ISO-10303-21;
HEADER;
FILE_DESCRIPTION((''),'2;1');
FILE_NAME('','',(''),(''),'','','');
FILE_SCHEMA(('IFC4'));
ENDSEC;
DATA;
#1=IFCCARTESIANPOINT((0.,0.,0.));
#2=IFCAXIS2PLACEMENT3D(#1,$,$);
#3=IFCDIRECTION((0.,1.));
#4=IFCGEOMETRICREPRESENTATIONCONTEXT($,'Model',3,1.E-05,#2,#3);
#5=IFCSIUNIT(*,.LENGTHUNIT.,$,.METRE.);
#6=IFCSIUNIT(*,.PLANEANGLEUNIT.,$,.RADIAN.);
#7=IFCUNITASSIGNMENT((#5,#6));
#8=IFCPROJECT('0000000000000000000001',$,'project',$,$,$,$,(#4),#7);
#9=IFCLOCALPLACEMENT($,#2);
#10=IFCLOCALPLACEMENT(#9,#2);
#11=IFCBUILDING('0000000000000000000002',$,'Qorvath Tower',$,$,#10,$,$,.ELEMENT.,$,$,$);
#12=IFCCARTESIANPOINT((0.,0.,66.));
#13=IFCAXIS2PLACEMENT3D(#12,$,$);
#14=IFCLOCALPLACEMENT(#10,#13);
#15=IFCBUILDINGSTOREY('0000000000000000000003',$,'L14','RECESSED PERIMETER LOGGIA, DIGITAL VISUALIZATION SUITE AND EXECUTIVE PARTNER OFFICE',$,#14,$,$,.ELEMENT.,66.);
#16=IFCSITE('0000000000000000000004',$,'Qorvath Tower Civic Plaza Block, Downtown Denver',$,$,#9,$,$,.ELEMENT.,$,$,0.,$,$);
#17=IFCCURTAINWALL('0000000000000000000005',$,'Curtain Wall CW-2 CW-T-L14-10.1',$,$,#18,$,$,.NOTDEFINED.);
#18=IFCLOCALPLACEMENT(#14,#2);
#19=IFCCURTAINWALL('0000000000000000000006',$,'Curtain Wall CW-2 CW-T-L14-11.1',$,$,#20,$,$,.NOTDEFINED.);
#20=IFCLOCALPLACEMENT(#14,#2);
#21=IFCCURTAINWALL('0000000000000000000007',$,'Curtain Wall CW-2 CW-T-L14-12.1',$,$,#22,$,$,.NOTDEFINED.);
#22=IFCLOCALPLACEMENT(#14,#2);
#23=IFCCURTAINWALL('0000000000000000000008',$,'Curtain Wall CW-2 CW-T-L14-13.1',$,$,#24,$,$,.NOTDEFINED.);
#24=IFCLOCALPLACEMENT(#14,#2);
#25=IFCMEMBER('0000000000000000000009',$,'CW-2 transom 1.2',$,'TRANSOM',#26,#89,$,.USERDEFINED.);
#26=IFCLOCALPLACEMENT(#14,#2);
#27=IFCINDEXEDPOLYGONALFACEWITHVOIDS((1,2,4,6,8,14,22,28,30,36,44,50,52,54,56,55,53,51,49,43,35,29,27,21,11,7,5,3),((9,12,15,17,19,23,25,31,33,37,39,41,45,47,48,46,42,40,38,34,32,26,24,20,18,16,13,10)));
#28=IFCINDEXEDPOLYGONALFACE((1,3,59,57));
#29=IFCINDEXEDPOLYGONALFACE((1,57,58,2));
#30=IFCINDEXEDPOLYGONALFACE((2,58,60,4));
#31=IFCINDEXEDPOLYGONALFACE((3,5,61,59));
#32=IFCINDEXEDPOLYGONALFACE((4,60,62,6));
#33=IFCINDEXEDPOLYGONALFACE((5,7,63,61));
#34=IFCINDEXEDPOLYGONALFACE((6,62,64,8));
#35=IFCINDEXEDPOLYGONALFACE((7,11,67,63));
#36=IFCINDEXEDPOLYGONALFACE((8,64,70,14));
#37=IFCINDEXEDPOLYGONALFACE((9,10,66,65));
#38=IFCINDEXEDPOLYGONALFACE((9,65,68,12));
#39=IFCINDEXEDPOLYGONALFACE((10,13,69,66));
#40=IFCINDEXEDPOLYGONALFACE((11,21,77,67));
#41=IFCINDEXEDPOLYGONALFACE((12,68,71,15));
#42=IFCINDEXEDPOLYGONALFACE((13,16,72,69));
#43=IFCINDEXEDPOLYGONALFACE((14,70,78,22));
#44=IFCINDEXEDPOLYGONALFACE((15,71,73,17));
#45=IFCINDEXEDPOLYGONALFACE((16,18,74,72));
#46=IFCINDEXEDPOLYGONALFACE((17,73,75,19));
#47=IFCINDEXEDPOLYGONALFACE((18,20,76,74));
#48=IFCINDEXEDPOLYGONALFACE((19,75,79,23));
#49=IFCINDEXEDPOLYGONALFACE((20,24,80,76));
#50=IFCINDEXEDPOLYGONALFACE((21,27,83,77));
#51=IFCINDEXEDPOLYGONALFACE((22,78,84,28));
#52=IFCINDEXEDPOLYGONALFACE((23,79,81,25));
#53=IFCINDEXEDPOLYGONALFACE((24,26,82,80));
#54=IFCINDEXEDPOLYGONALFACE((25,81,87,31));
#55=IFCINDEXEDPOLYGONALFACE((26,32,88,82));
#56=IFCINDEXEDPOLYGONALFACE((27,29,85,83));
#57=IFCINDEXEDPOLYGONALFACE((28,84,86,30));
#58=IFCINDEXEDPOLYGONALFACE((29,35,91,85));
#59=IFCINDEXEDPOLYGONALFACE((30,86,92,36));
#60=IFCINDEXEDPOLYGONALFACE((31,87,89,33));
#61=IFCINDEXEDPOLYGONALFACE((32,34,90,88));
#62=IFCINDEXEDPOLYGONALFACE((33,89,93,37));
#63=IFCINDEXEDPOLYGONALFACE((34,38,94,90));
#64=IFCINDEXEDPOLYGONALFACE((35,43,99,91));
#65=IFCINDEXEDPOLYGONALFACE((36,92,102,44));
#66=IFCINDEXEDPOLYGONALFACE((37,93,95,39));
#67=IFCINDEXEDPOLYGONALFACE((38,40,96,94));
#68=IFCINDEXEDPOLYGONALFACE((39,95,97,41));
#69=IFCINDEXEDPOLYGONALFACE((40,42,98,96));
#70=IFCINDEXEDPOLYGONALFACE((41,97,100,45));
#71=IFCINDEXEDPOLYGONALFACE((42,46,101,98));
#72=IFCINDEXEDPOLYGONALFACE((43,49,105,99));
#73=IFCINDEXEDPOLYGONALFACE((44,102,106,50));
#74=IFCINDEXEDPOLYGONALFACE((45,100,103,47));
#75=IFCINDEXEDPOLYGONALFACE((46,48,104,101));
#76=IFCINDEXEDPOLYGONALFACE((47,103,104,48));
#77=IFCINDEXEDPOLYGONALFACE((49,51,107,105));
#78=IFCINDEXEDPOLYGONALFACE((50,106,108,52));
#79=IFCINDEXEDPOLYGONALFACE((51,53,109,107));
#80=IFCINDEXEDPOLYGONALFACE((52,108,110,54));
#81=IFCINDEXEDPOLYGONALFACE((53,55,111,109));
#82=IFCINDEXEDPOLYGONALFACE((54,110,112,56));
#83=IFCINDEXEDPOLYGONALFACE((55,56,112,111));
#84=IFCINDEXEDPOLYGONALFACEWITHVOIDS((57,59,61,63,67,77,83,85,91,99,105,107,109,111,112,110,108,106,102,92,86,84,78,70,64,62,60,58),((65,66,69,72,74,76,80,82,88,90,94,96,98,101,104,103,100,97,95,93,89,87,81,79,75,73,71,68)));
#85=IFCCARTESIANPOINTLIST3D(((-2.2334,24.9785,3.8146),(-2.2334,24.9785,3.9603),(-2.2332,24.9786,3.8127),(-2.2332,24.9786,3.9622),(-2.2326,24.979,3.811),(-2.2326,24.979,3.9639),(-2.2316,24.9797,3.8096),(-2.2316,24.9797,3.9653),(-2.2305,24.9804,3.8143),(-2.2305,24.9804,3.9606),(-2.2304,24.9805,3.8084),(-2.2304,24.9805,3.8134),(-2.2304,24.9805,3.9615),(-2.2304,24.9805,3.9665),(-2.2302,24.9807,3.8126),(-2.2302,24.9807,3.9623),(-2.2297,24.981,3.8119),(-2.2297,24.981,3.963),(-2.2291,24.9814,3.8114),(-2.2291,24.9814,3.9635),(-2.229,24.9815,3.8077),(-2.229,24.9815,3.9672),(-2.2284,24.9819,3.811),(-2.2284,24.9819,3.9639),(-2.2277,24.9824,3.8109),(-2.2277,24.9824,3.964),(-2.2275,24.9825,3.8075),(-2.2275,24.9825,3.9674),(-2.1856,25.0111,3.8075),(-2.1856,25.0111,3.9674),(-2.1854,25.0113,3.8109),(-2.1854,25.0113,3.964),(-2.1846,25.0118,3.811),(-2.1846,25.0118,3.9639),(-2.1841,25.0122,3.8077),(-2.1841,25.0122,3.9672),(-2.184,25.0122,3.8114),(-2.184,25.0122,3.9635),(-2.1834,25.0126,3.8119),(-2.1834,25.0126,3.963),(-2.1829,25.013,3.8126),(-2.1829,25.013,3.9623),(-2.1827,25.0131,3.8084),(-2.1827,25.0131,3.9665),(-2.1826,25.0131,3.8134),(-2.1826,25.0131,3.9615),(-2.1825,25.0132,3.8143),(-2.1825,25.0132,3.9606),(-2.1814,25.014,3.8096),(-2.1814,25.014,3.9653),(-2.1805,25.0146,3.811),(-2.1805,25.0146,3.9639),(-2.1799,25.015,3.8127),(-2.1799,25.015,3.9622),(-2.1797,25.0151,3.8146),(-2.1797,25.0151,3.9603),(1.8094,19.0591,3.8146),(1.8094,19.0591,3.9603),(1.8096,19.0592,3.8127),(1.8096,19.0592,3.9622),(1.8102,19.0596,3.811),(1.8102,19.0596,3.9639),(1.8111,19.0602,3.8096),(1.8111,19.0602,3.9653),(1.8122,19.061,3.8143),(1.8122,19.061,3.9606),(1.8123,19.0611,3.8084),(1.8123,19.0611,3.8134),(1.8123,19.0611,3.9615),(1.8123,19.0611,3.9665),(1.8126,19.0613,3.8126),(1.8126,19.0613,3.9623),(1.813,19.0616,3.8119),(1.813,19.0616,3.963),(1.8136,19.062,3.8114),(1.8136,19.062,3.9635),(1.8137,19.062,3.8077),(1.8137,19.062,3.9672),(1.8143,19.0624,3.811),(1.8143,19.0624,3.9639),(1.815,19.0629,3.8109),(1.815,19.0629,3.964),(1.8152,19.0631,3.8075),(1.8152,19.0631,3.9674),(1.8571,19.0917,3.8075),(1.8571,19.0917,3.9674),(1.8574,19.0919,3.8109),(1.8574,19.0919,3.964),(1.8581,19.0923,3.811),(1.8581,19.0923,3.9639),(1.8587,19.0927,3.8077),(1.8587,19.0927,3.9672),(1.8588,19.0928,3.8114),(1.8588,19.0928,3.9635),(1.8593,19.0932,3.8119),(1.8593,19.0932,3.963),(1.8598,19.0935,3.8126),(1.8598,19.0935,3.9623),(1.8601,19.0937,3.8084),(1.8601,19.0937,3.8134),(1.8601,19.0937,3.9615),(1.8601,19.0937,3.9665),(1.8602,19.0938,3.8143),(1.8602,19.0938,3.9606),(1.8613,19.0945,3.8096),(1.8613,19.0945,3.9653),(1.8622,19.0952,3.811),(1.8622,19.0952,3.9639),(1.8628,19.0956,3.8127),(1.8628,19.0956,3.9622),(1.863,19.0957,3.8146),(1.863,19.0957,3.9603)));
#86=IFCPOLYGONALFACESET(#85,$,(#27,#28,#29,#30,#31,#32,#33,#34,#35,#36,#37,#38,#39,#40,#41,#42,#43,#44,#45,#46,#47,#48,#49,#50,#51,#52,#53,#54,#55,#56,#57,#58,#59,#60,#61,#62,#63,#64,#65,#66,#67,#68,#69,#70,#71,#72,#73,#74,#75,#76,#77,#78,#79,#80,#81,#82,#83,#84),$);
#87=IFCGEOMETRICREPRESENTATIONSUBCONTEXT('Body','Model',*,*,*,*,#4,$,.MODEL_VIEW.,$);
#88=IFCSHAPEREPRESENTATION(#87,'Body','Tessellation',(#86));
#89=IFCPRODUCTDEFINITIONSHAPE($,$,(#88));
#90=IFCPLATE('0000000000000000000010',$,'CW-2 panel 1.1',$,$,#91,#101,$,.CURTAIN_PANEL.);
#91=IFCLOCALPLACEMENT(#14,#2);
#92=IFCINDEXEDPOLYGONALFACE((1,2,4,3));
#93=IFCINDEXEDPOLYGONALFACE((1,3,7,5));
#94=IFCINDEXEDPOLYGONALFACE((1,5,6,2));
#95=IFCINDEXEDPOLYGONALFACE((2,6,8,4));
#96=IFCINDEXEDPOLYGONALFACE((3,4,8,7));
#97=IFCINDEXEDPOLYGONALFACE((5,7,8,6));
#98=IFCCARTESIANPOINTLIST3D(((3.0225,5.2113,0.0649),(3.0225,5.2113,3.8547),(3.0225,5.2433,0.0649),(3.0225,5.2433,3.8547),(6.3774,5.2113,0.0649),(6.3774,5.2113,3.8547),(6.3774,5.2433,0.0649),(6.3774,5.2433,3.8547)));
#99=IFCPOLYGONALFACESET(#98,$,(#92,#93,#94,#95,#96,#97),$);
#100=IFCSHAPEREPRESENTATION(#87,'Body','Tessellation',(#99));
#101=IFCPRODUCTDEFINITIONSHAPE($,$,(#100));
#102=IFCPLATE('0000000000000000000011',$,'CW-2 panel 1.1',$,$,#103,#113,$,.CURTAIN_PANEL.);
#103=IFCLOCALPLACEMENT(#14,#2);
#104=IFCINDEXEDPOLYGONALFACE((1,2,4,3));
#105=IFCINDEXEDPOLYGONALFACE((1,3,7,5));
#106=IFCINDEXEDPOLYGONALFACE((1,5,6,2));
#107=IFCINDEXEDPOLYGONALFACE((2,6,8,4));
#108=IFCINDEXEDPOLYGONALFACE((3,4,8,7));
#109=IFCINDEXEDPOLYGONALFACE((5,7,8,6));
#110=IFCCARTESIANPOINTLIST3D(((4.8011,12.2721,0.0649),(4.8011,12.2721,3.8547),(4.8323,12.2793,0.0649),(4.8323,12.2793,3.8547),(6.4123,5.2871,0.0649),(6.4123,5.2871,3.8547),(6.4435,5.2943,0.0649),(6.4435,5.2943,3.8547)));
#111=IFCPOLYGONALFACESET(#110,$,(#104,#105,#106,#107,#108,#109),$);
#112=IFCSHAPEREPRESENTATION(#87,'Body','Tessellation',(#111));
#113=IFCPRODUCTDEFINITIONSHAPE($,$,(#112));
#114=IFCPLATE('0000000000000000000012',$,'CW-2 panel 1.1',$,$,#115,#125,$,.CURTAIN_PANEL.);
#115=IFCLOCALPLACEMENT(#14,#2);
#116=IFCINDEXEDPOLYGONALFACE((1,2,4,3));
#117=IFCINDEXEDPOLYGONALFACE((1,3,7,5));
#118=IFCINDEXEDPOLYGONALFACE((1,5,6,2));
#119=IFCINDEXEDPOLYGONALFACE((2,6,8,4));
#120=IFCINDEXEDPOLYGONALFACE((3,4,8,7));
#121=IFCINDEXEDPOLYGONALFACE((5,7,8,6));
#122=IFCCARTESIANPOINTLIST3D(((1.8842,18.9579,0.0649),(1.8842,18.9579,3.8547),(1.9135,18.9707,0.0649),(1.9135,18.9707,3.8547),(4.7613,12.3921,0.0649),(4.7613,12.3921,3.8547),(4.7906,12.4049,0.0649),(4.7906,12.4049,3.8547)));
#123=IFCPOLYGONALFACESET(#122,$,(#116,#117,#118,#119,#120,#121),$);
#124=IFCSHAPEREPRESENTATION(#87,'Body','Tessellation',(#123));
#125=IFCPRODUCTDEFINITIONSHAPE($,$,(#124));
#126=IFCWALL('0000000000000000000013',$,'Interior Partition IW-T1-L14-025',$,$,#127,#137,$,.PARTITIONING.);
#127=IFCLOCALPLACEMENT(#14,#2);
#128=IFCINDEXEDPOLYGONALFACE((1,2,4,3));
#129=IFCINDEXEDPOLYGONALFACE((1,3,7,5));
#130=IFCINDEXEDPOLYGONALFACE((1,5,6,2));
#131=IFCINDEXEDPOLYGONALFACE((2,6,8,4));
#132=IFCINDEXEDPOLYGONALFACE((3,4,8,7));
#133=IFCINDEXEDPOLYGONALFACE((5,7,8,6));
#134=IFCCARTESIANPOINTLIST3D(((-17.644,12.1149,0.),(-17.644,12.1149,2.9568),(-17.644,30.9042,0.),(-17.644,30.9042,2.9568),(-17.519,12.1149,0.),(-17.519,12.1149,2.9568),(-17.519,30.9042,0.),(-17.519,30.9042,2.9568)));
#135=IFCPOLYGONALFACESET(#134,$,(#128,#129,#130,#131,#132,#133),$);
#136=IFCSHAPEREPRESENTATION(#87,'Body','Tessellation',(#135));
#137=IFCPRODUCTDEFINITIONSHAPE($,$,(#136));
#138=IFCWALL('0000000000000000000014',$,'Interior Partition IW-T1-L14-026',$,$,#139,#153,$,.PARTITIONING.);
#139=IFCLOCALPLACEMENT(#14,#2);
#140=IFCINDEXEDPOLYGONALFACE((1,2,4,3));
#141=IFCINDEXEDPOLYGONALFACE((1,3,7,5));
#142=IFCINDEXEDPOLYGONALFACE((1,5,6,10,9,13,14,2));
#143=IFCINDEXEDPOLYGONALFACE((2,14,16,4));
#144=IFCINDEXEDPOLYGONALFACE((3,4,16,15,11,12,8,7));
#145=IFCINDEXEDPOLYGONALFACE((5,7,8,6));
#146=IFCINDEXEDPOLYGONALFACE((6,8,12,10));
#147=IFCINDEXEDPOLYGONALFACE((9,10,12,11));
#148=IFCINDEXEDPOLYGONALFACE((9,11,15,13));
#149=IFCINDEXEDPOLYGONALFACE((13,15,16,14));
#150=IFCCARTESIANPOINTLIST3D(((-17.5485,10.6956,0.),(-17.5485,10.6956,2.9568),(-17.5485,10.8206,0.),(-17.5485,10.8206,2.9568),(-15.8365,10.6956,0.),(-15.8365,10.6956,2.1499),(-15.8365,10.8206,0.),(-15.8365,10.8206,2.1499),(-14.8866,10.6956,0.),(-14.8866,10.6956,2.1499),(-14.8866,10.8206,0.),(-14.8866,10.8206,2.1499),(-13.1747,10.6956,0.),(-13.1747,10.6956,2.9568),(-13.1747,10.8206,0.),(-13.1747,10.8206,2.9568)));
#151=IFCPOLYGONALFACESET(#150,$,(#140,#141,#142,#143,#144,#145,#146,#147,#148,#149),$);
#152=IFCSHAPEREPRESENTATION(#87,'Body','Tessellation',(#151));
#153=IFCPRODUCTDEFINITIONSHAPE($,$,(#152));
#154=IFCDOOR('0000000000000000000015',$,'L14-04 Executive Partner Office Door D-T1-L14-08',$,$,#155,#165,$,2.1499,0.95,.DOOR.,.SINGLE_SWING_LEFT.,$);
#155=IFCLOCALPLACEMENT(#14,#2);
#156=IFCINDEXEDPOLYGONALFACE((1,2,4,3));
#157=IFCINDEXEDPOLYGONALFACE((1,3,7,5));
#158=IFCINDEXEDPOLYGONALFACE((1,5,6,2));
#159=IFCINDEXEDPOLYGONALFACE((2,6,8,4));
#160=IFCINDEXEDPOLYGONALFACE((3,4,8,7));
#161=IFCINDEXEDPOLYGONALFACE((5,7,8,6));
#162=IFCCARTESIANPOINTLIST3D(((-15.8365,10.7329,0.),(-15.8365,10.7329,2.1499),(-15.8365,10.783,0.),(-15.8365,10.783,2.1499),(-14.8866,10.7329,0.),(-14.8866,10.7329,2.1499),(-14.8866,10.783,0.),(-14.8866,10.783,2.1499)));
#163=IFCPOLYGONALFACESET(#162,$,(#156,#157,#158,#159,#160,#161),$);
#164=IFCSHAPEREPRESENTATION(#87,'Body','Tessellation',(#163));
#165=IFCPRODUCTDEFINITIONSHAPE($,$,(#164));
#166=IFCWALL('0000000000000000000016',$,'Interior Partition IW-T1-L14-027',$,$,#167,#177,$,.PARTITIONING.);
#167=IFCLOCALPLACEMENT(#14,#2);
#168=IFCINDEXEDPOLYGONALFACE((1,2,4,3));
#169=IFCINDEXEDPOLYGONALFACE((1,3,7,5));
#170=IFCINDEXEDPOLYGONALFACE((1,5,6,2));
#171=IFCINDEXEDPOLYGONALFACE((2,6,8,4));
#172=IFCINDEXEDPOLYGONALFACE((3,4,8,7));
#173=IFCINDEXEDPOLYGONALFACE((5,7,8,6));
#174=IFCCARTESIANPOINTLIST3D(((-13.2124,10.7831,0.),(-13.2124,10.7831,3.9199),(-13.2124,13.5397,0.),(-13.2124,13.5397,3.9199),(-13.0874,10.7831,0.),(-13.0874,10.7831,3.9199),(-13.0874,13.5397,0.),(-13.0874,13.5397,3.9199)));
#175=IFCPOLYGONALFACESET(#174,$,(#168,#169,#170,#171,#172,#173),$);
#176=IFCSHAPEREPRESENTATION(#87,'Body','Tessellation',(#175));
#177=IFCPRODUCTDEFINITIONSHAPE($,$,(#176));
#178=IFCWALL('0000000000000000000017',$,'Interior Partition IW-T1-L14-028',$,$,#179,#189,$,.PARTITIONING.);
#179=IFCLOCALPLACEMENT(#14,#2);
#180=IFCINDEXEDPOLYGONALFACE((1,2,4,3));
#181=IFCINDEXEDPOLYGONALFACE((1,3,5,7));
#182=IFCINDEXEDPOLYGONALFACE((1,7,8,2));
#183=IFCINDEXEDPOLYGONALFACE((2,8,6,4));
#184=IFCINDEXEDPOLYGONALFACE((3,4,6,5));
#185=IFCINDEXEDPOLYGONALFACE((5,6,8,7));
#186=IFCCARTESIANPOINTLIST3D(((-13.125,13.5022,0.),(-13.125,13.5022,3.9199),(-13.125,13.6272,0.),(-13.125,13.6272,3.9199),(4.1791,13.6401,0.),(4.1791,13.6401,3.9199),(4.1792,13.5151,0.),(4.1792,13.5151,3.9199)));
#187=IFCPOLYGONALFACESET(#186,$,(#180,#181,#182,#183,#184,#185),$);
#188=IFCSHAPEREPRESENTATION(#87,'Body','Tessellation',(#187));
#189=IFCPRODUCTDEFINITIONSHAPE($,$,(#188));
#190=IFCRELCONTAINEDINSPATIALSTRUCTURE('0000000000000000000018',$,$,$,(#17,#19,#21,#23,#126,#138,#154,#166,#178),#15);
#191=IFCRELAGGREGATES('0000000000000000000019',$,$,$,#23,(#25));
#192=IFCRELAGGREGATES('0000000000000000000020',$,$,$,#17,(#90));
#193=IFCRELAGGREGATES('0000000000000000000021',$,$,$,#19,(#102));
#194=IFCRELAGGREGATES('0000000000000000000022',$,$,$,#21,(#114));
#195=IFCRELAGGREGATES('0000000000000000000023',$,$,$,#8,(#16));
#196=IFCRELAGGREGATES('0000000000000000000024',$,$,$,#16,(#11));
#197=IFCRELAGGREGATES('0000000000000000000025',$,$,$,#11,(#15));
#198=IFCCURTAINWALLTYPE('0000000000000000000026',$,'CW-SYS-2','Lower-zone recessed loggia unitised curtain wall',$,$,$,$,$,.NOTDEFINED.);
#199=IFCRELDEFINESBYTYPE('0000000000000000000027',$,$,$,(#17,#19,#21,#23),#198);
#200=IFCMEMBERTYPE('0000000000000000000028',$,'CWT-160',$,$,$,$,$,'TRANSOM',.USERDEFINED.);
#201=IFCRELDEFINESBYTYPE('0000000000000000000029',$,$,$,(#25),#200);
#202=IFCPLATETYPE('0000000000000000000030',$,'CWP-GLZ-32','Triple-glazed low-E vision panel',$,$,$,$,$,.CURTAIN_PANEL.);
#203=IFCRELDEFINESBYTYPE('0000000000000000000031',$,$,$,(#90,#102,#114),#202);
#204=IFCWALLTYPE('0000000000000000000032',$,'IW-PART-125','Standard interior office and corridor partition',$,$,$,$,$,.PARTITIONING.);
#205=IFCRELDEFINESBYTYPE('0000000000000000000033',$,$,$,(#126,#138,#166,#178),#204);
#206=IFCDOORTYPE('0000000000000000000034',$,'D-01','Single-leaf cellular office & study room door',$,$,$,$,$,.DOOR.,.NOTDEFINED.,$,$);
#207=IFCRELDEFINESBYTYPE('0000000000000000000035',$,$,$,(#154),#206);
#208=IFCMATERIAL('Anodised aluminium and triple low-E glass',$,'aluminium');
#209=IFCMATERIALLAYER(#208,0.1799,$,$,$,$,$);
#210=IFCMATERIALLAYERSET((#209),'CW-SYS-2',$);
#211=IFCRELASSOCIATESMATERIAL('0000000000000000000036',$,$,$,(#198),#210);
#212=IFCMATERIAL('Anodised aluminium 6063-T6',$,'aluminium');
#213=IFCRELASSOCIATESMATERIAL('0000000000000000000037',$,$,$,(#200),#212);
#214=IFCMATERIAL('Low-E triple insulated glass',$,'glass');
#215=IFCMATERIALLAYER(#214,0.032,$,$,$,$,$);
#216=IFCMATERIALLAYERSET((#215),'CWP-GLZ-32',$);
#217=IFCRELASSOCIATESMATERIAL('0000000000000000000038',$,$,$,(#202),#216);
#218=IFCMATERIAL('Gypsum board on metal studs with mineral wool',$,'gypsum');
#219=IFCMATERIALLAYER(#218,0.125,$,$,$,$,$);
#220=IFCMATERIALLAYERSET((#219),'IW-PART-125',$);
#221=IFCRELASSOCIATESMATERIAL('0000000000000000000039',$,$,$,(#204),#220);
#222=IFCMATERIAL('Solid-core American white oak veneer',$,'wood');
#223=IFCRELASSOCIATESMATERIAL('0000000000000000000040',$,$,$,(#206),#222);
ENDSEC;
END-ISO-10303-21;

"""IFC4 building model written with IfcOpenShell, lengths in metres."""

from ifc_helpers import new_model, si_unit, direction, frame, frame_2d, origin, origin_2d, place, context, subcontext, project, spatial, rectangle, hollow_rectangle, extrude, material, layer, layer_set, material_profile, profile_set, type_object, element, fill, aggregate, save


model = new_model("IFC4")

# Units and contexts
model_context = context("Model", 3, precision=1e-05, world=origin(), true_north=direction((0.0, 1.0)))
body_context = subcontext(model_context, "Body", "Model", "MODEL_VIEW")
ifc_project = project(units=[si_unit("LENGTHUNIT", "METRE"), si_unit("PLANEANGLEUNIT", "RADIAN")], contexts=[model_context])

# Site, building, storey
site_placement = place(None, origin())
site = spatial("IfcSite", under=ifc_project, at=site_placement, Name="Qorvath Tower Civic Plaza Block, Downtown Denver", CompositionType="ELEMENT", RefElevation=0.0)
building_placement = place(site_placement, origin())
building = spatial("IfcBuilding", under=site, at=building_placement, Name="Qorvath Tower", CompositionType="ELEMENT")
storey_placement = place(building_placement, frame((0.0, 0.0, 66.0)))
storey = spatial("IfcBuildingStorey", under=building, at=storey_placement, Name="L14", Description="RECESSED PERIMETER LOGGIA, DIGITAL VISUALIZATION SUITE AND EXECUTIVE PARTNER OFFICE", CompositionType="ELEMENT", Elevation=66.0)

# Curtain wall
ifc_material_1 = material(Name="Anodised aluminium and triple low-E glass", Category="aluminium")
ifc_layer_1 = layer(ifc_material_1, 0.1799)
ifc_layer_set_1 = layer_set([ifc_layer_1], Name="CW-SYS-2")
curtain_wall_type = type_object("IfcCurtainWallType", Name="CW-SYS-2", Description="Lower-zone recessed loggia unitised curtain wall", PredefinedType="NOTDEFINED", material=ifc_layer_set_1)
curtain_wall_1_placement = place(storey_placement, origin())
curtain_wall_1 = element("IfcCurtainWall", 1, at=curtain_wall_1_placement, inside=storey, type_object=curtain_wall_type, Name="Curtain Wall CW-2 CW-T-L14-10.1", PredefinedType="NOTDEFINED")

# Curtain walls
curtain_wall_2_placement = place(storey_placement, origin())
curtain_wall_2 = element("IfcCurtainWall", 2, at=curtain_wall_2_placement, inside=storey, type_object=curtain_wall_type, Name="Curtain Wall CW-2 CW-T-L14-11.1", PredefinedType="NOTDEFINED")
curtain_wall_3_placement = place(storey_placement, origin())
curtain_wall_3 = element("IfcCurtainWall", 3, at=curtain_wall_3_placement, inside=storey, type_object=curtain_wall_type, Name="Curtain Wall CW-2 CW-T-L14-12.1", PredefinedType="NOTDEFINED")

# Curtain wall
curtain_wall_4_placement = place(storey_placement, origin())
curtain_wall_4 = element("IfcCurtainWall", 4, at=curtain_wall_4_placement, inside=storey, type_object=curtain_wall_type, Name="Curtain Wall CW-2 CW-T-L14-13.1", PredefinedType="NOTDEFINED")

# Member
ifc_material_2 = material(Name="Anodised aluminium 6063-T6", Category="aluminium")
ifc_material_profile_1 = material_profile(ifc_material_2, hollow_rectangle(XDim=0.0649, YDim=0.1599, WallThickness=0.0034, InnerFilletRadius=0.0034, OuterFilletRadius=0.0071, at=origin_2d()), Name="CWT 160x65")
ifc_profile_set_1 = profile_set([ifc_material_profile_1], Name="Anodised aluminium 6063-T6")
member_type_1 = type_object("IfcMemberType", Name="CWT-160", ElementType="TRANSOM", PredefinedType="USERDEFINED", material=ifc_profile_set_1)
member_1_placement = place(storey_placement, frame((1.8362, 19.0774, 3.8875), z_axis=(-0.563979, 0.825789, 0.0), x_axis=(-0.825789, -0.563979, 0.0)))
member_1 = element("IfcMember", 5, at=member_1_placement, type_object=member_type_1, Name="CW-2 transom 1.2", ObjectType="TRANSOM", PredefinedType="USERDEFINED", context=body_context, shape_type="SweptSolid", body=[
    extrude(hollow_rectangle(XDim=0.0649, YDim=0.1599, WallThickness=0.0034, InnerFilletRadius=0.0034, OuterFilletRadius=0.0071, at=origin_2d()), origin(), (0.0, 0.0, 1.0), 7.1682),
])
aggregate(curtain_wall_4, [member_1])

# Plates
ifc_material_3 = material(Name="Low-E triple insulated glass", Category="glass")
ifc_layer_2 = layer(ifc_material_3, 0.032)
ifc_layer_set_2 = layer_set([ifc_layer_2], Name="CWP-GLZ-32")
plate_type = type_object("IfcPlateType", Name="CWP-GLZ-32", Description="Triple-glazed low-E vision panel", PredefinedType="CURTAIN_PANEL", material=ifc_layer_set_2)
plate_1_placement = place(storey_placement, frame((4.7, 5.2273, 0.0649), z_axis=(0.0, 0.0, 1.0), x_axis=(1.0, 0.0, 0.0)))
plate_1 = element("IfcPlate", 6, at=plate_1_placement, type_object=plate_type, Name="CW-2 panel 1.1", PredefinedType="CURTAIN_PANEL", context=body_context, shape_type="SweptSolid", body=[
    extrude(rectangle(XDim=3.355, YDim=0.032, at=origin_2d()), origin(), (0.0, 0.0, 1.0), 3.7898),
])
aggregate(curtain_wall_1, [plate_1])
plate_2_placement = place(storey_placement, frame((5.6223, 8.7832, 0.0649), z_axis=(0.0, 0.0, 1.0), x_axis=(-0.224763, 0.974413, 0.0)))
plate_2 = element("IfcPlate", 7, at=plate_2_placement, type_object=plate_type, Name="CW-2 panel 1.1", PredefinedType="CURTAIN_PANEL", context=body_context, shape_type="SweptSolid", body=[
    extrude(rectangle(XDim=7.1685, YDim=0.032, at=origin_2d()), origin(), (0.0, 0.0, 1.0), 3.7898),
])
aggregate(curtain_wall_2, [plate_2])
plate_3_placement = place(storey_placement, frame((3.3374, 15.6814, 0.0649), z_axis=(0.0, 0.0, 1.0), x_axis=(-0.401348, 0.915926, 0.0)))
plate_3 = element("IfcPlate", 8, at=plate_3_placement, type_object=plate_type, Name="CW-2 panel 1.1", PredefinedType="CURTAIN_PANEL", context=body_context, shape_type="SweptSolid", body=[
    extrude(rectangle(XDim=7.1685, YDim=0.032, at=origin_2d()), origin(), (0.0, 0.0, 1.0), 3.7898),
])
aggregate(curtain_wall_3, [plate_3])

# Wall
ifc_material_4 = material(Name="Gypsum board on metal studs with mineral wool", Category="gypsum")
ifc_layer_3 = layer(ifc_material_4, 0.125)
ifc_layer_set_3 = layer_set([ifc_layer_3], Name="IW-PART-125")
wall_type_1 = type_object("IfcWallType", Name="IW-PART-125", Description="Standard interior office and corridor partition", PredefinedType="PARTITIONING", material=ifc_layer_set_3)
wall_1_placement = place(storey_placement, frame((-17.5815, 12.115, 0.0), z_axis=(0.0, 0.0, 1.0), x_axis=(0.0, 1.0, 0.0)))
element("IfcWall", 9, at=wall_1_placement, inside=storey, type_object=wall_type_1, Name="Interior Partition IW-T1-L14-025", PredefinedType="PARTITIONING", context=body_context, shape_type="SweptSolid", body=[
    extrude(rectangle(XDim=18.7893, YDim=0.125, at=frame_2d((9.3945, 0.0))), origin(), (0.0, 0.0, 1.0), 2.9568),
])

# Wall, opening, door
wall_2_placement = place(storey_placement, frame((-17.5486, 10.7581, 0.0), z_axis=(0.0, 0.0, 1.0), x_axis=(1.0, 0.0, 0.0)))
wall_2 = element("IfcWall", 10, at=wall_2_placement, inside=storey, type_object=wall_type_1, Name="Interior Partition IW-T1-L14-026", PredefinedType="PARTITIONING", context=body_context, shape_type="SweptSolid", body=[
    extrude(rectangle(XDim=4.3738, YDim=0.125, at=frame_2d((2.187, 0.0))), origin(), (0.0, 0.0, 1.0), 2.9568),
])
opening_1_placement = place(wall_2_placement, frame((1.7119, 0.0, 0.0)))
opening_1 = element("IfcOpeningElement", 11, at=opening_1_placement, cuts=wall_2, PredefinedType="OPENING", context=body_context, shape_type="SweptSolid", body=[
    extrude(rectangle(XDim=0.95, YDim=2.1499, at=frame_2d((0.4751, 1.075))), frame((0.0, 0.0725, 0.0), z_axis=(0.0, -1.0, 0.0), x_axis=(1.0, 0.0, 0.0)), (0.0, 0.0, 1.0), 0.145),
])
ifc_material_5 = material(Name="Solid-core American white oak veneer", Category="wood")
door_type_1 = type_object("IfcDoorType", Name="D-01", Description="Single-leaf cellular office & study room door", OperationType="NOTDEFINED", PredefinedType="DOOR", material=ifc_material_5)
door_1_placement = place(opening_1_placement, origin())
door_1 = element("IfcDoor", 12, at=door_1_placement, inside=storey, type_object=door_type_1, Name="L14-04 Executive Partner Office Door D-T1-L14-08", OperationType="SINGLE_SWING_LEFT", OverallHeight=2.1499, OverallWidth=0.95, PredefinedType="DOOR", context=body_context, shape_type="SweptSolid", body=[
    extrude(rectangle(XDim=0.95, YDim=2.1499, at=frame_2d((0.4751, 1.075))), frame((0.0, 0.0249, 0.0), z_axis=(0.0, -1.0, 0.0), x_axis=(1.0, 0.0, 0.0)), (0.0, 0.0, 1.0), 0.05),
])
fill(opening_1, door_1)

# Walls
wall_3_placement = place(storey_placement, frame((-13.1499, 13.5398, 0.0), z_axis=(0.0, 0.0, 1.0), x_axis=(0.0, -1.0, 0.0)))
element("IfcWall", 13, at=wall_3_placement, inside=storey, type_object=wall_type_1, Name="Interior Partition IW-T1-L14-027", PredefinedType="PARTITIONING", context=body_context, shape_type="SweptSolid", body=[
    extrude(rectangle(XDim=2.7566, YDim=0.125, at=frame_2d((1.3784, 0.0))), origin(), (0.0, 0.0, 1.0), 3.9199),
])
wall_4_placement = place(storey_placement, frame((-13.125, 13.5647, 0.0), z_axis=(0.0, 0.0, 1.0), x_axis=(1.0, 0.000748, 0.0)))
element("IfcWall", 14, at=wall_4_placement, inside=storey, type_object=wall_type_1, Name="Interior Partition IW-T1-L14-028", PredefinedType="PARTITIONING", context=body_context, shape_type="SweptSolid", body=[
    extrude(rectangle(XDim=17.3042, YDim=0.125, at=frame_2d((8.6521, 0.0))), origin(), (0.0, 0.0, 1.0), 3.9199),
])

save(model, "model.ifc")
